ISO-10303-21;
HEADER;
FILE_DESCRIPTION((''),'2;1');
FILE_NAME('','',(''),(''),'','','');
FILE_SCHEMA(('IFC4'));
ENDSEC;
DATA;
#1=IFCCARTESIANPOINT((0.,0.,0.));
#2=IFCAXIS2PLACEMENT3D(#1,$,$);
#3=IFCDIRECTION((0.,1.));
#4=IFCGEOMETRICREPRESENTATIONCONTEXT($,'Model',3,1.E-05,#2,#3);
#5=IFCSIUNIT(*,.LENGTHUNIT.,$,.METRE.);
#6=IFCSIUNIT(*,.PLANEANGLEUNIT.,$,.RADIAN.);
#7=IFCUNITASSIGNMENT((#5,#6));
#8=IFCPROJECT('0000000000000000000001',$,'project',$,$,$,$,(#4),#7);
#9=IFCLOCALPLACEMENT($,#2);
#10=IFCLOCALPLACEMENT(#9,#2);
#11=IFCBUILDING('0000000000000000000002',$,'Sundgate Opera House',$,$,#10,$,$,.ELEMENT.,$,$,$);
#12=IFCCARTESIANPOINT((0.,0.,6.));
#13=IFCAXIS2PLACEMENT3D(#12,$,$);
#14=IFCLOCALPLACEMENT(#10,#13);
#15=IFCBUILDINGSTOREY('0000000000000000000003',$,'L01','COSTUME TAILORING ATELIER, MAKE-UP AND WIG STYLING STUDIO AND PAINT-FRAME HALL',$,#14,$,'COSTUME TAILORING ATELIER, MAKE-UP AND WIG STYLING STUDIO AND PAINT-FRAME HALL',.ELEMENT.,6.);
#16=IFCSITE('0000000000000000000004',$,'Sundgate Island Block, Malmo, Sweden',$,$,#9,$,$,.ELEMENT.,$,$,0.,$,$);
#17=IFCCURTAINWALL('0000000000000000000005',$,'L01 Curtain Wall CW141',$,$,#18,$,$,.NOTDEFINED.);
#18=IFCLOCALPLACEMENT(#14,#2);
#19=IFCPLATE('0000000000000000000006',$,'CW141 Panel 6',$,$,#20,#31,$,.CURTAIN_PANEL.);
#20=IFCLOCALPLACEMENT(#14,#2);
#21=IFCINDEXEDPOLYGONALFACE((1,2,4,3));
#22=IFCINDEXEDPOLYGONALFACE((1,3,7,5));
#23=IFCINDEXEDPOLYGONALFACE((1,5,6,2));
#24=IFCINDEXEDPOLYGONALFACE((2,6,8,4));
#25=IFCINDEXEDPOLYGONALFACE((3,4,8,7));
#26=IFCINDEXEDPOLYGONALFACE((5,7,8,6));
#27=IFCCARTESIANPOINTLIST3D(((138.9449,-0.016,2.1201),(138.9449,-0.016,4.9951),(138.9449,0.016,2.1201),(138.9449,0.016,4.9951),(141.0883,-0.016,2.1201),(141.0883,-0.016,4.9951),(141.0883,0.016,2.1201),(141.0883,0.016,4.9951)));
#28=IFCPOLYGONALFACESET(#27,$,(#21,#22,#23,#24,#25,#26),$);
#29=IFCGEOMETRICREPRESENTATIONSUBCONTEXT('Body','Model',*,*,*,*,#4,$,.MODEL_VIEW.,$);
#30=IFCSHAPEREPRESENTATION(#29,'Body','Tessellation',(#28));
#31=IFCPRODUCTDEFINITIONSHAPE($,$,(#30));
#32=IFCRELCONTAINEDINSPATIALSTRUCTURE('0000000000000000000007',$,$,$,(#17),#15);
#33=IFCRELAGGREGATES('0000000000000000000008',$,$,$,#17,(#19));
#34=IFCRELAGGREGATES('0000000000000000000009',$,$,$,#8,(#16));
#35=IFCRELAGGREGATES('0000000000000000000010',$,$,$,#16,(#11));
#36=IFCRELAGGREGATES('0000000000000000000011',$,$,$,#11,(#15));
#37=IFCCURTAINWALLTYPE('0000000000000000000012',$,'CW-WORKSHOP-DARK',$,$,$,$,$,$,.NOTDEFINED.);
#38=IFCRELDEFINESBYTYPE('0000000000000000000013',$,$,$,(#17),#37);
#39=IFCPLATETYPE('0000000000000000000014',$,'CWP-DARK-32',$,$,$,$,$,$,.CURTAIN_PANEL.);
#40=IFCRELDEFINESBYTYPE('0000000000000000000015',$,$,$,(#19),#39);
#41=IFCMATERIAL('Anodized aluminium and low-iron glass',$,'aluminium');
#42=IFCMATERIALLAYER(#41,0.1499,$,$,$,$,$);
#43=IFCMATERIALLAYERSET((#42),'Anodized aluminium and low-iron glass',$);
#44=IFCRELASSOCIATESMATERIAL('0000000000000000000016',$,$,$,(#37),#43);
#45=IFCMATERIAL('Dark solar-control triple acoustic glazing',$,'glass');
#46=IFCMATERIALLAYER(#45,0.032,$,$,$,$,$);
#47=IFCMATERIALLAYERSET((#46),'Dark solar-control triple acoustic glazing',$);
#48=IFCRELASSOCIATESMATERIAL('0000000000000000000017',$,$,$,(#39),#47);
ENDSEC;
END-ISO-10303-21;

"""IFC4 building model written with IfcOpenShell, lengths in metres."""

from ifc_helpers import new_model, si_unit, direction, frame, origin, origin_2d, place, context, subcontext, project, spatial, rectangle, extrude, material, layer, layer_set, type_object, element, aggregate, save


model = new_model("IFC4")

# Units and contexts
model_context = context("Model", 3, precision=1e-05, world=origin(), true_north=direction((0.0, 1.0)))
body_context = subcontext(model_context, "Body", "Model", "MODEL_VIEW")
ifc_project = project(units=[si_unit("LENGTHUNIT", "METRE"), si_unit("PLANEANGLEUNIT", "RADIAN")], contexts=[model_context])

# Site, building, storey
site_placement = place(None, origin())
site = spatial("IfcSite", under=ifc_project, at=site_placement, Name="Sundgate Island Block, Malmo, Sweden", CompositionType="ELEMENT", RefElevation=0.0)
building_placement = place(site_placement, origin())
building = spatial("IfcBuilding", under=site, at=building_placement, Name="Sundgate Opera House", CompositionType="ELEMENT")
storey_placement = place(building_placement, frame((0.0, 0.0, 6.0)))
storey = spatial("IfcBuildingStorey", under=building, at=storey_placement, Name="L01", Description="COSTUME TAILORING ATELIER, MAKE-UP AND WIG STYLING STUDIO AND PAINT-FRAME HALL", LongName="COSTUME TAILORING ATELIER, MAKE-UP AND WIG STYLING STUDIO AND PAINT-FRAME HALL", CompositionType="ELEMENT", Elevation=6.0)

# Curtain wall, plate
ifc_material_1 = material(Name="Anodized aluminium and low-iron glass", Category="aluminium")
ifc_layer_1 = layer(ifc_material_1, 0.1499)
ifc_layer_set_1 = layer_set([ifc_layer_1], Name="Anodized aluminium and low-iron glass")
curtain_wall_type = type_object("IfcCurtainWallType", Name="CW-WORKSHOP-DARK", PredefinedType="NOTDEFINED", material=ifc_layer_set_1)
curtain_wall_placement = place(storey_placement, origin())
curtain_wall = element("IfcCurtainWall", 1, at=curtain_wall_placement, inside=storey, type_object=curtain_wall_type, Name="L01 Curtain Wall CW141", PredefinedType="NOTDEFINED")
ifc_material_2 = material(Name="Dark solar-control triple acoustic glazing", Category="glass")
ifc_layer_2 = layer(ifc_material_2, 0.032)
ifc_layer_set_2 = layer_set([ifc_layer_2], Name="Dark solar-control triple acoustic glazing")
plate_type = type_object("IfcPlateType", Name="CWP-DARK-32", PredefinedType="CURTAIN_PANEL", material=ifc_layer_set_2)
plate_1_placement = place(storey_placement, frame((140.0166, 0.0, 2.1201), z_axis=(0.0, 0.0, 1.0), x_axis=(-1.0, 0.0, 0.0)))
plate_1 = element("IfcPlate", 2, at=plate_1_placement, type_object=plate_type, Name="CW141 Panel 6", PredefinedType="CURTAIN_PANEL", context=body_context, shape_type="SweptSolid", body=[
    extrude(rectangle(XDim=2.1433, YDim=0.032, at=origin_2d()), origin(), (0.0, 0.0, 1.0), 2.875),
])
aggregate(curtain_wall, [plate_1])

save(model, "model.ifc")
